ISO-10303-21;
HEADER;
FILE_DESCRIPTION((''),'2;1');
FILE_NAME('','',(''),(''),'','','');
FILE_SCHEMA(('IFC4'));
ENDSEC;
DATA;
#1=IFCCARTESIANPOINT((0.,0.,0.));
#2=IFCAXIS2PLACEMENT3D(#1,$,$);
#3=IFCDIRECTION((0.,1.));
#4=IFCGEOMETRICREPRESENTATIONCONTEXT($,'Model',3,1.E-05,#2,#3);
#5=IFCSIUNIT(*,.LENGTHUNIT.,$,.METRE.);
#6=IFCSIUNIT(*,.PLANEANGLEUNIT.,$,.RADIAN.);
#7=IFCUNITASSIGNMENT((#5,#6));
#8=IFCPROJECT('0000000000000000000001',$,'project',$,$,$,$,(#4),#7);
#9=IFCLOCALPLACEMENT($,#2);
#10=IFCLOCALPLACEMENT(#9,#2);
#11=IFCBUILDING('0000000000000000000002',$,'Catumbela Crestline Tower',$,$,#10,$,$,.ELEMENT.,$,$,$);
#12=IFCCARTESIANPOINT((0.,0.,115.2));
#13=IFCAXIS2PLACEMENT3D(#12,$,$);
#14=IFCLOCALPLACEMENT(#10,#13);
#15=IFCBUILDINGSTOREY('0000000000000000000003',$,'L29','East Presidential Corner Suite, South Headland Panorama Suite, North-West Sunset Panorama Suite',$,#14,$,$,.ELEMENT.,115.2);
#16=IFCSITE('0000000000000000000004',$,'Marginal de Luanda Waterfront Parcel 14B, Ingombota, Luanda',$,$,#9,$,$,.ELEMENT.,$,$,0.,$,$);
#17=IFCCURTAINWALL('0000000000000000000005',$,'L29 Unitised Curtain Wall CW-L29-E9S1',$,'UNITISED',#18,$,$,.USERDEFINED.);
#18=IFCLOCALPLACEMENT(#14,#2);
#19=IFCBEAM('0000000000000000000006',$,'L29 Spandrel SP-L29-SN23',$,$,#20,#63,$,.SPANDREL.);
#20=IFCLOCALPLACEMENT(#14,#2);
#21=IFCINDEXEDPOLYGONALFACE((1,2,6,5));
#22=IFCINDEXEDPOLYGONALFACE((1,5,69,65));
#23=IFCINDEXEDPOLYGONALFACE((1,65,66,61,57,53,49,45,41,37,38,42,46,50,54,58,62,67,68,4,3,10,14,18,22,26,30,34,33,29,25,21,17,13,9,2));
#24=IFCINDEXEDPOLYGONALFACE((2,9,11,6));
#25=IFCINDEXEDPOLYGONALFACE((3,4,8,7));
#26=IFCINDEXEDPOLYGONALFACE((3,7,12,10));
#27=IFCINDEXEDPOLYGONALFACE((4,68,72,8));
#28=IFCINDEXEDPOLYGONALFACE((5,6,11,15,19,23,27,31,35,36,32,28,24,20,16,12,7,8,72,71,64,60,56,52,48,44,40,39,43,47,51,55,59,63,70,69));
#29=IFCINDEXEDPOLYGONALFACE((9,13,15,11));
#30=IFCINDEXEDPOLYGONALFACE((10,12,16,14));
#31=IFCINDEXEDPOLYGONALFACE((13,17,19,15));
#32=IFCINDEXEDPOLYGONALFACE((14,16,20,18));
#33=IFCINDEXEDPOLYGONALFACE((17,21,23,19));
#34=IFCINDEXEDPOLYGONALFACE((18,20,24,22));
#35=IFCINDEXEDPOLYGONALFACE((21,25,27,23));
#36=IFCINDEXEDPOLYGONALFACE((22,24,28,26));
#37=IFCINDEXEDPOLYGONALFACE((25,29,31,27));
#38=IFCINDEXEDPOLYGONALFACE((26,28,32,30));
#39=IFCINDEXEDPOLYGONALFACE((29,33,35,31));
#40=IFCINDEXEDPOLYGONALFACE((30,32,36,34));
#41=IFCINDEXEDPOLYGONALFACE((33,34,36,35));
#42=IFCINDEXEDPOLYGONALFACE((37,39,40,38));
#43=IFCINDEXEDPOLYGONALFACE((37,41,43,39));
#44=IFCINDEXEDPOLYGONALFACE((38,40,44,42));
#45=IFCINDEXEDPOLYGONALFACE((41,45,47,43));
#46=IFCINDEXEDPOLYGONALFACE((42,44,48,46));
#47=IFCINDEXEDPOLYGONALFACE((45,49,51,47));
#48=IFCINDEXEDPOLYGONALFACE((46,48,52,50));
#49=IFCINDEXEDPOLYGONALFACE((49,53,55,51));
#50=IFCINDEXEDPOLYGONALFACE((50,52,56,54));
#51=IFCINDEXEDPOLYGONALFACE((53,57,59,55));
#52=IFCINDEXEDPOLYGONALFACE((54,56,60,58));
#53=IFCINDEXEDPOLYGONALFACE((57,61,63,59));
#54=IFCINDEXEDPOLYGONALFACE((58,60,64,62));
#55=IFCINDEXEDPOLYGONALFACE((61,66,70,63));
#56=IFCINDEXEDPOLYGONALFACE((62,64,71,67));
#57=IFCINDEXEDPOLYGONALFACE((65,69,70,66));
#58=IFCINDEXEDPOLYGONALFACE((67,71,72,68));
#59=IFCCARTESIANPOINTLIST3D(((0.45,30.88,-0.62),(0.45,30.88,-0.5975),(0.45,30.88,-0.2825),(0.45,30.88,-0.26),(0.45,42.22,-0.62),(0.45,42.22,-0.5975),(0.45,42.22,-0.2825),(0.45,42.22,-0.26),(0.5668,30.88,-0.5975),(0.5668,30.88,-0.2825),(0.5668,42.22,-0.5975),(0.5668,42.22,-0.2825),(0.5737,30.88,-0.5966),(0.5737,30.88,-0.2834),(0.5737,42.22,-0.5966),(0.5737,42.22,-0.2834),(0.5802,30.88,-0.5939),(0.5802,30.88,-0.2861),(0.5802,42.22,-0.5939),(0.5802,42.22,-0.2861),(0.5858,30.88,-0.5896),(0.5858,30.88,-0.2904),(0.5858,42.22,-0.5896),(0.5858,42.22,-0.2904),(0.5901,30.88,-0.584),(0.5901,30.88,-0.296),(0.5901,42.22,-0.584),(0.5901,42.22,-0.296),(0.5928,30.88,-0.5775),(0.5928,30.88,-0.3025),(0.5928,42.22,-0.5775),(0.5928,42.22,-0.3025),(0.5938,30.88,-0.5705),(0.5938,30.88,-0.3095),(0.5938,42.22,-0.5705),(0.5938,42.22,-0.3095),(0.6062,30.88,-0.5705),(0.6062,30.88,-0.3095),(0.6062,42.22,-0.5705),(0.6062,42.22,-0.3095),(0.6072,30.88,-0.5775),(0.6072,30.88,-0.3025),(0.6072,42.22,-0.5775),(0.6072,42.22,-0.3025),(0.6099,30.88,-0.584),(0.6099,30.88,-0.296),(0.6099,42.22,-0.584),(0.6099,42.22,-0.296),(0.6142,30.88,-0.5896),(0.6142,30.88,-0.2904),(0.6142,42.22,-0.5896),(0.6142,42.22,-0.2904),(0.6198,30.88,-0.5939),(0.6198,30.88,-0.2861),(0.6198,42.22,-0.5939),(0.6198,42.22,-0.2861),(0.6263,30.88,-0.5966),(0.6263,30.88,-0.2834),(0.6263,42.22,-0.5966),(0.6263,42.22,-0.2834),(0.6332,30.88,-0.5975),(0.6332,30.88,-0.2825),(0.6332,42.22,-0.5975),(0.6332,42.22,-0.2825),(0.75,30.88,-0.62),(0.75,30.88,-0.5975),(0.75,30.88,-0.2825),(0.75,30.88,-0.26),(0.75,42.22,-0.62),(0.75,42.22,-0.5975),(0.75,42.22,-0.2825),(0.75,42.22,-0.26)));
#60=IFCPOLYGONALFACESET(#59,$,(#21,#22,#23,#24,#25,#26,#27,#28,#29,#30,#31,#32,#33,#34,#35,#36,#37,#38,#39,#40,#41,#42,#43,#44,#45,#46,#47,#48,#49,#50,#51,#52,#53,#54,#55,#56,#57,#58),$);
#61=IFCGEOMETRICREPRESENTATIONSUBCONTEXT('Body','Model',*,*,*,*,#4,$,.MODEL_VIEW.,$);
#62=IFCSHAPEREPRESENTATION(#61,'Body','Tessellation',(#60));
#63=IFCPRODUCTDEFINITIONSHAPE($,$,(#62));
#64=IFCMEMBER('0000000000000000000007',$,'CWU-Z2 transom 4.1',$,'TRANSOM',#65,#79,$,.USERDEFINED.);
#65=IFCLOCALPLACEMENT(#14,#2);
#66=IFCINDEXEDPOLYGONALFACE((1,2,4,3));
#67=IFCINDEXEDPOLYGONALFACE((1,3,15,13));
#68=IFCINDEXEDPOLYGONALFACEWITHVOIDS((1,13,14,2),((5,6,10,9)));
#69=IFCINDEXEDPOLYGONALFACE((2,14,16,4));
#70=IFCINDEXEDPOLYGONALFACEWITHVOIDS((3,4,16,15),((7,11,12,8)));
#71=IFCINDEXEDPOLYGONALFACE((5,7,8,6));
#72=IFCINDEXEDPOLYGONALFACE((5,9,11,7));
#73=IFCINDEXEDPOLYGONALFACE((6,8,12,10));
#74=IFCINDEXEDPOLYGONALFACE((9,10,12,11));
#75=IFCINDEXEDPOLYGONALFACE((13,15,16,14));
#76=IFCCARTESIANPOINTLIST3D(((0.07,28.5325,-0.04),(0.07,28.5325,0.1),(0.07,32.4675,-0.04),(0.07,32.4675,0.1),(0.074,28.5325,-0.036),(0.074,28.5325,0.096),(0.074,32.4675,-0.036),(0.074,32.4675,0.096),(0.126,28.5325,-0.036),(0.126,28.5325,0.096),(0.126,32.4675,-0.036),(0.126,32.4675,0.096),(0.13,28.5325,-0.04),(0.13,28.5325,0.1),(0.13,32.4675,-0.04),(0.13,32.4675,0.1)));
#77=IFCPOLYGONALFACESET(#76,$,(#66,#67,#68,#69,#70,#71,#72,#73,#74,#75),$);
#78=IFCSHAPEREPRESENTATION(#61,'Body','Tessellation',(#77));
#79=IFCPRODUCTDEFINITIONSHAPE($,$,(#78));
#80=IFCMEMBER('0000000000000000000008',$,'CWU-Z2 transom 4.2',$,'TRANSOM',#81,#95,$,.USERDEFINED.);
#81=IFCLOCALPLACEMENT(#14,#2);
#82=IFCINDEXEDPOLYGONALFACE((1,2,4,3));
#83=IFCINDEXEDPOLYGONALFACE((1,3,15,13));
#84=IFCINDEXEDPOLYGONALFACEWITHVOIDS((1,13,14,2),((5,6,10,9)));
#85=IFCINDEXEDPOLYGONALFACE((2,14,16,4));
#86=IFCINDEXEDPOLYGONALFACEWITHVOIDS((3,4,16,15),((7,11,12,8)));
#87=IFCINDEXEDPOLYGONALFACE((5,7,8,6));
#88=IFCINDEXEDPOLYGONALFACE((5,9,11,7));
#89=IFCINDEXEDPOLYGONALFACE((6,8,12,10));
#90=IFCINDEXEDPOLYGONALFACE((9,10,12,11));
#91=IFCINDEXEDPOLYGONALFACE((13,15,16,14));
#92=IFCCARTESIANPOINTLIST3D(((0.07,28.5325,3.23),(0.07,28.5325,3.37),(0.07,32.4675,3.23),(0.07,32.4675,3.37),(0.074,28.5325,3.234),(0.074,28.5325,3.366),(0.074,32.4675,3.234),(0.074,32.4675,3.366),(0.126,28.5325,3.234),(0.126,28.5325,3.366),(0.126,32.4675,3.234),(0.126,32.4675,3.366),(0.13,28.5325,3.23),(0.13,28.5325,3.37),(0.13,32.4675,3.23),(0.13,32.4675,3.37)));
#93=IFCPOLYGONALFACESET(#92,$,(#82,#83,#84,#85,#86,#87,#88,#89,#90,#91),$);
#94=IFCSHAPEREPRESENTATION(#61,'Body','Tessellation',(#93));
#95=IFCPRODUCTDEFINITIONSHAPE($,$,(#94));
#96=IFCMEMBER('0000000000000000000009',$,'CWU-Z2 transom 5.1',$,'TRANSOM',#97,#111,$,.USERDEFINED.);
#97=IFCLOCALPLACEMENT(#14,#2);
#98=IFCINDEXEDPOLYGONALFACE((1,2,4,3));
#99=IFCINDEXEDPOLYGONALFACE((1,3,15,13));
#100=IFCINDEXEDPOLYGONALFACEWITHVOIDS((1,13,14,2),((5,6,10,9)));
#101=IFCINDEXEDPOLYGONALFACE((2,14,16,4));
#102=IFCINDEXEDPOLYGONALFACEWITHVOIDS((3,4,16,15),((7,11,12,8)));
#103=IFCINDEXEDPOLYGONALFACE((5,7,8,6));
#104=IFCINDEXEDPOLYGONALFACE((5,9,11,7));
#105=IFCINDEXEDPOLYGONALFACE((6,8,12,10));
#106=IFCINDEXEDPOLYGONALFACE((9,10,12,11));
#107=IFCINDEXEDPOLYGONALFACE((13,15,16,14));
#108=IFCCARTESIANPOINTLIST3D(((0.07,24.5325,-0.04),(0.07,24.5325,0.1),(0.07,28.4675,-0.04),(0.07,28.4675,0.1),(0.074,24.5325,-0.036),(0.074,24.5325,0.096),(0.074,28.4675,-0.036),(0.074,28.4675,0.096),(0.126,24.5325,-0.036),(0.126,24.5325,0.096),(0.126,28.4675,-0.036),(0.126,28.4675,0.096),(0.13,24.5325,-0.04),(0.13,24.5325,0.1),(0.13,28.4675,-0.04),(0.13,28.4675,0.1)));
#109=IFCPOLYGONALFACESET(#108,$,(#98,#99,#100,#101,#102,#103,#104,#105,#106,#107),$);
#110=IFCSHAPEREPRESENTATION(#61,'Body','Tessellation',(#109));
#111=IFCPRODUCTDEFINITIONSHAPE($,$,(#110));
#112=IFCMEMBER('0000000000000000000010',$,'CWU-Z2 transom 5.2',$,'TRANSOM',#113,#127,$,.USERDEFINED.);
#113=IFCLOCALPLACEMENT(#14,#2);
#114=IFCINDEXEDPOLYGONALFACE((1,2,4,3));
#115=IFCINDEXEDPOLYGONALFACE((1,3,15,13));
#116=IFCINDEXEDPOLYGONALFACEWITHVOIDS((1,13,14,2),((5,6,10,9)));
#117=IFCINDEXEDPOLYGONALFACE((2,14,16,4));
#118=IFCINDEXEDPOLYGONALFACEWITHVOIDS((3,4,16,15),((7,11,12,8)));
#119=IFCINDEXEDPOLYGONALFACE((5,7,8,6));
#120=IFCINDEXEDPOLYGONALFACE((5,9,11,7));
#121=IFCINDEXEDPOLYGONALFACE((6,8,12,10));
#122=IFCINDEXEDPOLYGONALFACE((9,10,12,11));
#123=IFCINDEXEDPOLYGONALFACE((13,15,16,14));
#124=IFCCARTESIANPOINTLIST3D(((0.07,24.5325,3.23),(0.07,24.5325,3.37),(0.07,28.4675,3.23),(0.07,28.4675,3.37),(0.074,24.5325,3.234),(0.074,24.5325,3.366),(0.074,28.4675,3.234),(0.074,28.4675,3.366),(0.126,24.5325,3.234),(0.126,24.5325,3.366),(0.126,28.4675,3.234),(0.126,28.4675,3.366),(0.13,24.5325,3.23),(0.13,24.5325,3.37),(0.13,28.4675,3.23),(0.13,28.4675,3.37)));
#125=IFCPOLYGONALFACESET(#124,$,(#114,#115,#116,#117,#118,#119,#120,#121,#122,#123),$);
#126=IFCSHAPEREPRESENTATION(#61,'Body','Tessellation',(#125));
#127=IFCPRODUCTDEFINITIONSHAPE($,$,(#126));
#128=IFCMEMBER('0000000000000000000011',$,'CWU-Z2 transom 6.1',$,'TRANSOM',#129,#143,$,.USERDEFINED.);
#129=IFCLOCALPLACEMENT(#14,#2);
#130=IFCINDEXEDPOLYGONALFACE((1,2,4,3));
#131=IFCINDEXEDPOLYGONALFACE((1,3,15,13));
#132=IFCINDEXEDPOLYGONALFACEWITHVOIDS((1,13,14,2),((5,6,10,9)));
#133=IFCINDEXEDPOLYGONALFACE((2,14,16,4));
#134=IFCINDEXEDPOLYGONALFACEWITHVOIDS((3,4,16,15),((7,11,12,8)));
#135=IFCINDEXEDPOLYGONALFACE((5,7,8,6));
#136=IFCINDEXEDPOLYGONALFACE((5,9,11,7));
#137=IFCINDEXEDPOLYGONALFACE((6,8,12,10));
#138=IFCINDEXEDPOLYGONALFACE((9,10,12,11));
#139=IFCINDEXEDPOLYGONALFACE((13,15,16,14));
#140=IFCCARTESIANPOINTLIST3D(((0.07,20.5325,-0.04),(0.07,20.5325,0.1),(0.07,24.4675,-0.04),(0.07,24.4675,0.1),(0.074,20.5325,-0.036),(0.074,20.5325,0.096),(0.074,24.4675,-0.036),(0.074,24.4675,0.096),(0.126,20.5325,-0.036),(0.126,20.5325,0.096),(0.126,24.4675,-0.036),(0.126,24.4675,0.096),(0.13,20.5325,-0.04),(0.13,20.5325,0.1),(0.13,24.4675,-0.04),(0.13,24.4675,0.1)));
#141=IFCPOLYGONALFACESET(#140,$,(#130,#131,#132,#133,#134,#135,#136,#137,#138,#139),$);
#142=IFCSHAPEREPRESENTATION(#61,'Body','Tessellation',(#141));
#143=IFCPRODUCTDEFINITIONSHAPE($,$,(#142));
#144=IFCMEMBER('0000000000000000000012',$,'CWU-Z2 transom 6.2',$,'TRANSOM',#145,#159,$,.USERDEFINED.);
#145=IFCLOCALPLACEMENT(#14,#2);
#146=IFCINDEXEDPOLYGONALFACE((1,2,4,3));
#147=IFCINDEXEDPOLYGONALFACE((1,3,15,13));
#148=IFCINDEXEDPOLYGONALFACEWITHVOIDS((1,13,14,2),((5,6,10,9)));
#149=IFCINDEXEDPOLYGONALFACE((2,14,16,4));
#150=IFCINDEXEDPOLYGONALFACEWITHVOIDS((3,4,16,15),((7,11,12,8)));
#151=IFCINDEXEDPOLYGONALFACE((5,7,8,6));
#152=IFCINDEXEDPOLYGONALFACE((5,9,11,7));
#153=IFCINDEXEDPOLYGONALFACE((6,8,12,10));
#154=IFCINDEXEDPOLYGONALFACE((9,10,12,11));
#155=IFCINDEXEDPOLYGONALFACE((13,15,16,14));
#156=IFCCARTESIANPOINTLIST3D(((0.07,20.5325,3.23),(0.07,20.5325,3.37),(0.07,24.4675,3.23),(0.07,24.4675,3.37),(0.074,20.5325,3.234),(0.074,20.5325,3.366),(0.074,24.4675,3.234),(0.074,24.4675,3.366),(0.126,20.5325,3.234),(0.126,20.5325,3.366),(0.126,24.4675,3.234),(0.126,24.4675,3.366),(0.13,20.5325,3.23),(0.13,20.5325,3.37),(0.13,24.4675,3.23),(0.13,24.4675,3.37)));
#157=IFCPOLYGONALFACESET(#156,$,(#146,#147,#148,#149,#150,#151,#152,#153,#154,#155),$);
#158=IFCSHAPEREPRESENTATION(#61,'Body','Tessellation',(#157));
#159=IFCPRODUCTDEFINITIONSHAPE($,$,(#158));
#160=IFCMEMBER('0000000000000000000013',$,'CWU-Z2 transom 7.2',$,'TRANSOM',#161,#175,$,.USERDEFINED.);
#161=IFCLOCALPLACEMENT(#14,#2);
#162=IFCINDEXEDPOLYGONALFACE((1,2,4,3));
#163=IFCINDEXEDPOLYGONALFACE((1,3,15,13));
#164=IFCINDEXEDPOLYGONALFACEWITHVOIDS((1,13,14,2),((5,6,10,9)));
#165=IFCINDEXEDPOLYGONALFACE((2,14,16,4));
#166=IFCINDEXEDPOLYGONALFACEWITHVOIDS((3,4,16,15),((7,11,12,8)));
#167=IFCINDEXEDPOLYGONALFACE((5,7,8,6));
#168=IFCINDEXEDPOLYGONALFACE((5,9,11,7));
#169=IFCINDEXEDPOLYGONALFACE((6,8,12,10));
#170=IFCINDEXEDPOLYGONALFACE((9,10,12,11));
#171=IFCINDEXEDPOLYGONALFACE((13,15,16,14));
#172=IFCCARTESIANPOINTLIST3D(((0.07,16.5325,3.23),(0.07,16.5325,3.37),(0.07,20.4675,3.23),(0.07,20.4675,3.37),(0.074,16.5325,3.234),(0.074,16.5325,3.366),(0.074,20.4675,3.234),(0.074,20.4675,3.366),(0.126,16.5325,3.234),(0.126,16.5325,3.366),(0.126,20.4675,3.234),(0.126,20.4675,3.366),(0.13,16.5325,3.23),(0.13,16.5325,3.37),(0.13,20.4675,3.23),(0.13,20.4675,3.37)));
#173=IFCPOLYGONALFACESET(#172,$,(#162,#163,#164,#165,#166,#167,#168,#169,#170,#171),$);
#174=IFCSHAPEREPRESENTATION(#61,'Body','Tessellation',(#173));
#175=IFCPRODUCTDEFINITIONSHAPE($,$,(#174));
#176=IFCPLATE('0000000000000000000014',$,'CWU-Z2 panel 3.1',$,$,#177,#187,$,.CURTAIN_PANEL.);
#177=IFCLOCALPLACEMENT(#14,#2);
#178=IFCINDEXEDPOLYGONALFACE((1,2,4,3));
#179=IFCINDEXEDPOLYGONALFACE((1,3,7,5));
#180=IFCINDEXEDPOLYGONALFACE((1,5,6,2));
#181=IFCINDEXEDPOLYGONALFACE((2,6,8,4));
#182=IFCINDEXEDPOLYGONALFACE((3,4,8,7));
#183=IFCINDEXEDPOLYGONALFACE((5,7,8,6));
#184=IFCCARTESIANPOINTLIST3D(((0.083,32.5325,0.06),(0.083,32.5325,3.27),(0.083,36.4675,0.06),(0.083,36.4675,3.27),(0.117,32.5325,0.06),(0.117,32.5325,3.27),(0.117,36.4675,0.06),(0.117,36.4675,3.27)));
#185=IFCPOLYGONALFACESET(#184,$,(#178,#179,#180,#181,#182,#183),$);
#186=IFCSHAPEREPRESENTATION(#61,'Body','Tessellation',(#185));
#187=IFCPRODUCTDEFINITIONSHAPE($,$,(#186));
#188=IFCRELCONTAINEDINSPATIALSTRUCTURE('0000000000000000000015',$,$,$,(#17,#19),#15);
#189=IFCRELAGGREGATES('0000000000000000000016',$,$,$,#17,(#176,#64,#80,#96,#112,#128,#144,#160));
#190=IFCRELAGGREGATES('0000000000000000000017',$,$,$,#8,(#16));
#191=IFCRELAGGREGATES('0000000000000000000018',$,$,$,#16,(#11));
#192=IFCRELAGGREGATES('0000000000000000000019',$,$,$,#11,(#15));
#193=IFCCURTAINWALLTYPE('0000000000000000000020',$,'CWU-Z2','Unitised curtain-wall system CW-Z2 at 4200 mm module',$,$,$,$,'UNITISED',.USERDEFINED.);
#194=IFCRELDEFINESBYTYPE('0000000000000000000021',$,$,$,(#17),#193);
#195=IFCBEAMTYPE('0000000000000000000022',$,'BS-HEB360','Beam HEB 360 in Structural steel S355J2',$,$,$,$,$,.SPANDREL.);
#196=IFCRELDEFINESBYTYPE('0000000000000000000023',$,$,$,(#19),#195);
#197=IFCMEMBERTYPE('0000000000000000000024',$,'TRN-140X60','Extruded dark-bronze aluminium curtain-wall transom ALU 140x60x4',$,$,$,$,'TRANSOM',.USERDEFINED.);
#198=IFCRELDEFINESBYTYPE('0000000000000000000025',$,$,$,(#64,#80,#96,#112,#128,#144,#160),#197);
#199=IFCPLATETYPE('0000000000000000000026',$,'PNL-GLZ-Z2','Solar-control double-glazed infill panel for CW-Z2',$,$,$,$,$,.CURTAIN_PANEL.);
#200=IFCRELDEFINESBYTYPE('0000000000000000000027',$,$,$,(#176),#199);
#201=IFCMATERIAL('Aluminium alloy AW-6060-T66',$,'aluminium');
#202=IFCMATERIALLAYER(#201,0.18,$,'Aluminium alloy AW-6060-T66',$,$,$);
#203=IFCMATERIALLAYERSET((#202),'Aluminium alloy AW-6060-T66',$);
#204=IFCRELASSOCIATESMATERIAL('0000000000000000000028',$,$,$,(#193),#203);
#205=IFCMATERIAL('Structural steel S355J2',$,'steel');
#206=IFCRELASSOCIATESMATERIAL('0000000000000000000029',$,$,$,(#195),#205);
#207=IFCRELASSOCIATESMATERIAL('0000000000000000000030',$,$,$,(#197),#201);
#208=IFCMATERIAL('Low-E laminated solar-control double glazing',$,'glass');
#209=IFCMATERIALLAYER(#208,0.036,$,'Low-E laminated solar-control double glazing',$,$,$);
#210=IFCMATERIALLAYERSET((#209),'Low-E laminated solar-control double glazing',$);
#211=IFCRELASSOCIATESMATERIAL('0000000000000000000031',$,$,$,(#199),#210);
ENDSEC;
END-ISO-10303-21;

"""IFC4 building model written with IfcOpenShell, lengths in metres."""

from ifc_helpers import new_model, si_unit, direction, frame, origin, origin_2d, place, context, subcontext, project, spatial, rectangle, hollow_rectangle, i_section, extrude, material, layer, layer_set, material_profile, profile_set, type_object, element, aggregate, save


model = new_model("IFC4")

# Units and contexts
model_context = context("Model", 3, precision=1e-05, world=origin(), true_north=direction((0.0, 1.0)))
body_context = subcontext(model_context, "Body", "Model", "MODEL_VIEW")
ifc_project = project(units=[si_unit("LENGTHUNIT", "METRE"), si_unit("PLANEANGLEUNIT", "RADIAN")], contexts=[model_context])

# Site, building, storey
site_placement = place(None, origin())
site = spatial("IfcSite", under=ifc_project, at=site_placement, Name="Marginal de Luanda Waterfront Parcel 14B, Ingombota, Luanda", CompositionType="ELEMENT", RefElevation=0.0)
building_placement = place(site_placement, origin())
building = spatial("IfcBuilding", under=site, at=building_placement, Name="Catumbela Crestline Tower", CompositionType="ELEMENT")
storey_placement = place(building_placement, frame((0.0, 0.0, 115.2)))
storey = spatial("IfcBuildingStorey", under=building, at=storey_placement, Name="L29", Description="East Presidential Corner Suite, South Headland Panorama Suite, North-West Sunset Panorama Suite", CompositionType="ELEMENT", Elevation=115.2)

# Shared definitions
ifc_material_1 = material(Name="Structural steel S355J2", Category="steel")

# Curtain wall
ifc_material_2 = material(Name="Aluminium alloy AW-6060-T66", Category="aluminium")
ifc_layer_1 = layer(ifc_material_2, 0.18, Name="Aluminium alloy AW-6060-T66")
ifc_layer_set_1 = layer_set([ifc_layer_1], Name="Aluminium alloy AW-6060-T66")
curtain_wall_type = type_object("IfcCurtainWallType", Name="CWU-Z2", Description="Unitised curtain-wall system CW-Z2 at 4200 mm module", ElementType="UNITISED", PredefinedType="USERDEFINED", material=ifc_layer_set_1)
curtain_wall_placement = place(storey_placement, origin())
curtain_wall = element("IfcCurtainWall", 1, at=curtain_wall_placement, inside=storey, type_object=curtain_wall_type, Name="L29 Unitised Curtain Wall CW-L29-E9S1", ObjectType="UNITISED", PredefinedType="USERDEFINED")

# Beam
ifc_material_profile_1 = material_profile(ifc_material_1, i_section(OverallWidth=0.3, OverallDepth=0.36, WebThickness=0.0125, FlangeThickness=0.0225, FilletRadius=0.027, at=origin_2d()), Name="HEB 360")
ifc_profile_set_1 = profile_set([ifc_material_profile_1], Name="Structural steel S355J2")
beam_type_1 = type_object("IfcBeamType", Name="BS-HEB360", Description="Beam HEB 360 in Structural steel S355J2", PredefinedType="SPANDREL", material=ifc_profile_set_1)
beam_1_placement = place(storey_placement, frame((0.6, 30.88, -0.44), z_axis=(0.0, 1.0, 0.0), x_axis=(-1.0, 0.0, 0.0)))
element("IfcBeam", 2, at=beam_1_placement, inside=storey, type_object=beam_type_1, Name="L29 Spandrel SP-L29-SN23", PredefinedType="SPANDREL", context=body_context, shape_type="SweptSolid", body=[
    extrude(i_section(OverallWidth=0.3, OverallDepth=0.36, WebThickness=0.0125, FlangeThickness=0.0225, FilletRadius=0.027, at=origin_2d()), origin(), (0.0, 0.0, 1.0), 11.34),
])

# Members
ifc_material_profile_2 = material_profile(ifc_material_2, hollow_rectangle(XDim=0.06, YDim=0.14, WallThickness=0.004, at=origin_2d()), Name="ALU 140x60x4")
ifc_profile_set_2 = profile_set([ifc_material_profile_2], Name="Aluminium alloy AW-6060-T66")
member_type_1 = type_object("IfcMemberType", Name="TRN-140X60", Description="Extruded dark-bronze aluminium curtain-wall transom ALU 140x60x4", ElementType="TRANSOM", PredefinedType="USERDEFINED", material=ifc_profile_set_2)
member_1_placement = place(storey_placement, frame((0.1, 32.4675, 0.03), z_axis=(0.0, -1.0, 0.0), x_axis=(1.0, 0.0, 0.0)))
member_1 = element("IfcMember", 3, at=member_1_placement, type_object=member_type_1, Name="CWU-Z2 transom 4.1", ObjectType="TRANSOM", PredefinedType="USERDEFINED", context=body_context, shape_type="SweptSolid", body=[
    extrude(hollow_rectangle(XDim=0.06, YDim=0.14, WallThickness=0.004, at=origin_2d()), origin(), (0.0, 0.0, 1.0), 3.935),
])
member_2_placement = place(storey_placement, frame((0.1, 32.4675, 3.3), z_axis=(0.0, -1.0, 0.0), x_axis=(1.0, 0.0, 0.0)))
member_2 = element("IfcMember", 4, at=member_2_placement, type_object=member_type_1, Name="CWU-Z2 transom 4.2", ObjectType="TRANSOM", PredefinedType="USERDEFINED", context=body_context, shape_type="SweptSolid", body=[
    extrude(hollow_rectangle(XDim=0.06, YDim=0.14, WallThickness=0.004, at=origin_2d()), origin(), (0.0, 0.0, 1.0), 3.935),
])
member_3_placement = place(storey_placement, frame((0.1, 28.4675, 0.03), z_axis=(0.0, -1.0, 0.0), x_axis=(1.0, 0.0, 0.0)))
member_3 = element("IfcMember", 5, at=member_3_placement, type_object=member_type_1, Name="CWU-Z2 transom 5.1", ObjectType="TRANSOM", PredefinedType="USERDEFINED", context=body_context, shape_type="SweptSolid", body=[
    extrude(hollow_rectangle(XDim=0.06, YDim=0.14, WallThickness=0.004, at=origin_2d()), origin(), (0.0, 0.0, 1.0), 3.935),
])
member_4_placement = place(storey_placement, frame((0.1, 28.4675, 3.3), z_axis=(0.0, -1.0, 0.0), x_axis=(1.0, 0.0, 0.0)))
member_4 = element("IfcMember", 6, at=member_4_placement, type_object=member_type_1, Name="CWU-Z2 transom 5.2", ObjectType="TRANSOM", PredefinedType="USERDEFINED", context=body_context, shape_type="SweptSolid", body=[
    extrude(hollow_rectangle(XDim=0.06, YDim=0.14, WallThickness=0.004, at=origin_2d()), origin(), (0.0, 0.0, 1.0), 3.935),
])
member_5_placement = place(storey_placement, frame((0.1, 24.4675, 0.03), z_axis=(0.0, -1.0, 0.0), x_axis=(1.0, 0.0, 0.0)))
member_5 = element("IfcMember", 7, at=member_5_placement, type_object=member_type_1, Name="CWU-Z2 transom 6.1", ObjectType="TRANSOM", PredefinedType="USERDEFINED", context=body_context, shape_type="SweptSolid", body=[
    extrude(hollow_rectangle(XDim=0.06, YDim=0.14, WallThickness=0.004, at=origin_2d()), origin(), (0.0, 0.0, 1.0), 3.935),
])
member_6_placement = place(storey_placement, frame((0.1, 24.4675, 3.3), z_axis=(0.0, -1.0, 0.0), x_axis=(1.0, 0.0, 0.0)))
member_6 = element("IfcMember", 8, at=member_6_placement, type_object=member_type_1, Name="CWU-Z2 transom 6.2", ObjectType="TRANSOM", PredefinedType="USERDEFINED", context=body_context, shape_type="SweptSolid", body=[
    extrude(hollow_rectangle(XDim=0.06, YDim=0.14, WallThickness=0.004, at=origin_2d()), origin(), (0.0, 0.0, 1.0), 3.935),
])
member_7_placement = place(storey_placement, frame((0.1, 20.4675, 3.3), z_axis=(0.0, -1.0, 0.0), x_axis=(1.0, 0.0, 0.0)))
member_7 = element("IfcMember", 9, at=member_7_placement, type_object=member_type_1, Name="CWU-Z2 transom 7.2", ObjectType="TRANSOM", PredefinedType="USERDEFINED", context=body_context, shape_type="SweptSolid", body=[
    extrude(hollow_rectangle(XDim=0.06, YDim=0.14, WallThickness=0.004, at=origin_2d()), origin(), (0.0, 0.0, 1.0), 3.935),
])

# Plate
ifc_material_3 = material(Name="Low-E laminated solar-control double glazing", Category="glass")
ifc_layer_2 = layer(ifc_material_3, 0.036, Name="Low-E laminated solar-control double glazing")
ifc_layer_set_2 = layer_set([ifc_layer_2], Name="Low-E laminated solar-control double glazing")
plate_type = type_object("IfcPlateType", Name="PNL-GLZ-Z2", Description="Solar-control double-glazed infill panel for CW-Z2", PredefinedType="CURTAIN_PANEL", material=ifc_layer_set_2)
plate_1_placement = place(storey_placement, frame((0.1, 34.5, 0.06), z_axis=(0.0, 0.0, 1.0), x_axis=(0.0, -1.0, 0.0)))
plate_1 = element("IfcPlate", 10, at=plate_1_placement, type_object=plate_type, Name="CWU-Z2 panel 3.1", PredefinedType="CURTAIN_PANEL", context=body_context, shape_type="SweptSolid", body=[
    extrude(rectangle(XDim=3.935, YDim=0.034, at=origin_2d()), origin(), (0.0, 0.0, 1.0), 3.21),
])
aggregate(curtain_wall, [plate_1, member_1, member_2, member_3, member_4, member_5, member_6, member_7])

save(model, "model.ifc")
